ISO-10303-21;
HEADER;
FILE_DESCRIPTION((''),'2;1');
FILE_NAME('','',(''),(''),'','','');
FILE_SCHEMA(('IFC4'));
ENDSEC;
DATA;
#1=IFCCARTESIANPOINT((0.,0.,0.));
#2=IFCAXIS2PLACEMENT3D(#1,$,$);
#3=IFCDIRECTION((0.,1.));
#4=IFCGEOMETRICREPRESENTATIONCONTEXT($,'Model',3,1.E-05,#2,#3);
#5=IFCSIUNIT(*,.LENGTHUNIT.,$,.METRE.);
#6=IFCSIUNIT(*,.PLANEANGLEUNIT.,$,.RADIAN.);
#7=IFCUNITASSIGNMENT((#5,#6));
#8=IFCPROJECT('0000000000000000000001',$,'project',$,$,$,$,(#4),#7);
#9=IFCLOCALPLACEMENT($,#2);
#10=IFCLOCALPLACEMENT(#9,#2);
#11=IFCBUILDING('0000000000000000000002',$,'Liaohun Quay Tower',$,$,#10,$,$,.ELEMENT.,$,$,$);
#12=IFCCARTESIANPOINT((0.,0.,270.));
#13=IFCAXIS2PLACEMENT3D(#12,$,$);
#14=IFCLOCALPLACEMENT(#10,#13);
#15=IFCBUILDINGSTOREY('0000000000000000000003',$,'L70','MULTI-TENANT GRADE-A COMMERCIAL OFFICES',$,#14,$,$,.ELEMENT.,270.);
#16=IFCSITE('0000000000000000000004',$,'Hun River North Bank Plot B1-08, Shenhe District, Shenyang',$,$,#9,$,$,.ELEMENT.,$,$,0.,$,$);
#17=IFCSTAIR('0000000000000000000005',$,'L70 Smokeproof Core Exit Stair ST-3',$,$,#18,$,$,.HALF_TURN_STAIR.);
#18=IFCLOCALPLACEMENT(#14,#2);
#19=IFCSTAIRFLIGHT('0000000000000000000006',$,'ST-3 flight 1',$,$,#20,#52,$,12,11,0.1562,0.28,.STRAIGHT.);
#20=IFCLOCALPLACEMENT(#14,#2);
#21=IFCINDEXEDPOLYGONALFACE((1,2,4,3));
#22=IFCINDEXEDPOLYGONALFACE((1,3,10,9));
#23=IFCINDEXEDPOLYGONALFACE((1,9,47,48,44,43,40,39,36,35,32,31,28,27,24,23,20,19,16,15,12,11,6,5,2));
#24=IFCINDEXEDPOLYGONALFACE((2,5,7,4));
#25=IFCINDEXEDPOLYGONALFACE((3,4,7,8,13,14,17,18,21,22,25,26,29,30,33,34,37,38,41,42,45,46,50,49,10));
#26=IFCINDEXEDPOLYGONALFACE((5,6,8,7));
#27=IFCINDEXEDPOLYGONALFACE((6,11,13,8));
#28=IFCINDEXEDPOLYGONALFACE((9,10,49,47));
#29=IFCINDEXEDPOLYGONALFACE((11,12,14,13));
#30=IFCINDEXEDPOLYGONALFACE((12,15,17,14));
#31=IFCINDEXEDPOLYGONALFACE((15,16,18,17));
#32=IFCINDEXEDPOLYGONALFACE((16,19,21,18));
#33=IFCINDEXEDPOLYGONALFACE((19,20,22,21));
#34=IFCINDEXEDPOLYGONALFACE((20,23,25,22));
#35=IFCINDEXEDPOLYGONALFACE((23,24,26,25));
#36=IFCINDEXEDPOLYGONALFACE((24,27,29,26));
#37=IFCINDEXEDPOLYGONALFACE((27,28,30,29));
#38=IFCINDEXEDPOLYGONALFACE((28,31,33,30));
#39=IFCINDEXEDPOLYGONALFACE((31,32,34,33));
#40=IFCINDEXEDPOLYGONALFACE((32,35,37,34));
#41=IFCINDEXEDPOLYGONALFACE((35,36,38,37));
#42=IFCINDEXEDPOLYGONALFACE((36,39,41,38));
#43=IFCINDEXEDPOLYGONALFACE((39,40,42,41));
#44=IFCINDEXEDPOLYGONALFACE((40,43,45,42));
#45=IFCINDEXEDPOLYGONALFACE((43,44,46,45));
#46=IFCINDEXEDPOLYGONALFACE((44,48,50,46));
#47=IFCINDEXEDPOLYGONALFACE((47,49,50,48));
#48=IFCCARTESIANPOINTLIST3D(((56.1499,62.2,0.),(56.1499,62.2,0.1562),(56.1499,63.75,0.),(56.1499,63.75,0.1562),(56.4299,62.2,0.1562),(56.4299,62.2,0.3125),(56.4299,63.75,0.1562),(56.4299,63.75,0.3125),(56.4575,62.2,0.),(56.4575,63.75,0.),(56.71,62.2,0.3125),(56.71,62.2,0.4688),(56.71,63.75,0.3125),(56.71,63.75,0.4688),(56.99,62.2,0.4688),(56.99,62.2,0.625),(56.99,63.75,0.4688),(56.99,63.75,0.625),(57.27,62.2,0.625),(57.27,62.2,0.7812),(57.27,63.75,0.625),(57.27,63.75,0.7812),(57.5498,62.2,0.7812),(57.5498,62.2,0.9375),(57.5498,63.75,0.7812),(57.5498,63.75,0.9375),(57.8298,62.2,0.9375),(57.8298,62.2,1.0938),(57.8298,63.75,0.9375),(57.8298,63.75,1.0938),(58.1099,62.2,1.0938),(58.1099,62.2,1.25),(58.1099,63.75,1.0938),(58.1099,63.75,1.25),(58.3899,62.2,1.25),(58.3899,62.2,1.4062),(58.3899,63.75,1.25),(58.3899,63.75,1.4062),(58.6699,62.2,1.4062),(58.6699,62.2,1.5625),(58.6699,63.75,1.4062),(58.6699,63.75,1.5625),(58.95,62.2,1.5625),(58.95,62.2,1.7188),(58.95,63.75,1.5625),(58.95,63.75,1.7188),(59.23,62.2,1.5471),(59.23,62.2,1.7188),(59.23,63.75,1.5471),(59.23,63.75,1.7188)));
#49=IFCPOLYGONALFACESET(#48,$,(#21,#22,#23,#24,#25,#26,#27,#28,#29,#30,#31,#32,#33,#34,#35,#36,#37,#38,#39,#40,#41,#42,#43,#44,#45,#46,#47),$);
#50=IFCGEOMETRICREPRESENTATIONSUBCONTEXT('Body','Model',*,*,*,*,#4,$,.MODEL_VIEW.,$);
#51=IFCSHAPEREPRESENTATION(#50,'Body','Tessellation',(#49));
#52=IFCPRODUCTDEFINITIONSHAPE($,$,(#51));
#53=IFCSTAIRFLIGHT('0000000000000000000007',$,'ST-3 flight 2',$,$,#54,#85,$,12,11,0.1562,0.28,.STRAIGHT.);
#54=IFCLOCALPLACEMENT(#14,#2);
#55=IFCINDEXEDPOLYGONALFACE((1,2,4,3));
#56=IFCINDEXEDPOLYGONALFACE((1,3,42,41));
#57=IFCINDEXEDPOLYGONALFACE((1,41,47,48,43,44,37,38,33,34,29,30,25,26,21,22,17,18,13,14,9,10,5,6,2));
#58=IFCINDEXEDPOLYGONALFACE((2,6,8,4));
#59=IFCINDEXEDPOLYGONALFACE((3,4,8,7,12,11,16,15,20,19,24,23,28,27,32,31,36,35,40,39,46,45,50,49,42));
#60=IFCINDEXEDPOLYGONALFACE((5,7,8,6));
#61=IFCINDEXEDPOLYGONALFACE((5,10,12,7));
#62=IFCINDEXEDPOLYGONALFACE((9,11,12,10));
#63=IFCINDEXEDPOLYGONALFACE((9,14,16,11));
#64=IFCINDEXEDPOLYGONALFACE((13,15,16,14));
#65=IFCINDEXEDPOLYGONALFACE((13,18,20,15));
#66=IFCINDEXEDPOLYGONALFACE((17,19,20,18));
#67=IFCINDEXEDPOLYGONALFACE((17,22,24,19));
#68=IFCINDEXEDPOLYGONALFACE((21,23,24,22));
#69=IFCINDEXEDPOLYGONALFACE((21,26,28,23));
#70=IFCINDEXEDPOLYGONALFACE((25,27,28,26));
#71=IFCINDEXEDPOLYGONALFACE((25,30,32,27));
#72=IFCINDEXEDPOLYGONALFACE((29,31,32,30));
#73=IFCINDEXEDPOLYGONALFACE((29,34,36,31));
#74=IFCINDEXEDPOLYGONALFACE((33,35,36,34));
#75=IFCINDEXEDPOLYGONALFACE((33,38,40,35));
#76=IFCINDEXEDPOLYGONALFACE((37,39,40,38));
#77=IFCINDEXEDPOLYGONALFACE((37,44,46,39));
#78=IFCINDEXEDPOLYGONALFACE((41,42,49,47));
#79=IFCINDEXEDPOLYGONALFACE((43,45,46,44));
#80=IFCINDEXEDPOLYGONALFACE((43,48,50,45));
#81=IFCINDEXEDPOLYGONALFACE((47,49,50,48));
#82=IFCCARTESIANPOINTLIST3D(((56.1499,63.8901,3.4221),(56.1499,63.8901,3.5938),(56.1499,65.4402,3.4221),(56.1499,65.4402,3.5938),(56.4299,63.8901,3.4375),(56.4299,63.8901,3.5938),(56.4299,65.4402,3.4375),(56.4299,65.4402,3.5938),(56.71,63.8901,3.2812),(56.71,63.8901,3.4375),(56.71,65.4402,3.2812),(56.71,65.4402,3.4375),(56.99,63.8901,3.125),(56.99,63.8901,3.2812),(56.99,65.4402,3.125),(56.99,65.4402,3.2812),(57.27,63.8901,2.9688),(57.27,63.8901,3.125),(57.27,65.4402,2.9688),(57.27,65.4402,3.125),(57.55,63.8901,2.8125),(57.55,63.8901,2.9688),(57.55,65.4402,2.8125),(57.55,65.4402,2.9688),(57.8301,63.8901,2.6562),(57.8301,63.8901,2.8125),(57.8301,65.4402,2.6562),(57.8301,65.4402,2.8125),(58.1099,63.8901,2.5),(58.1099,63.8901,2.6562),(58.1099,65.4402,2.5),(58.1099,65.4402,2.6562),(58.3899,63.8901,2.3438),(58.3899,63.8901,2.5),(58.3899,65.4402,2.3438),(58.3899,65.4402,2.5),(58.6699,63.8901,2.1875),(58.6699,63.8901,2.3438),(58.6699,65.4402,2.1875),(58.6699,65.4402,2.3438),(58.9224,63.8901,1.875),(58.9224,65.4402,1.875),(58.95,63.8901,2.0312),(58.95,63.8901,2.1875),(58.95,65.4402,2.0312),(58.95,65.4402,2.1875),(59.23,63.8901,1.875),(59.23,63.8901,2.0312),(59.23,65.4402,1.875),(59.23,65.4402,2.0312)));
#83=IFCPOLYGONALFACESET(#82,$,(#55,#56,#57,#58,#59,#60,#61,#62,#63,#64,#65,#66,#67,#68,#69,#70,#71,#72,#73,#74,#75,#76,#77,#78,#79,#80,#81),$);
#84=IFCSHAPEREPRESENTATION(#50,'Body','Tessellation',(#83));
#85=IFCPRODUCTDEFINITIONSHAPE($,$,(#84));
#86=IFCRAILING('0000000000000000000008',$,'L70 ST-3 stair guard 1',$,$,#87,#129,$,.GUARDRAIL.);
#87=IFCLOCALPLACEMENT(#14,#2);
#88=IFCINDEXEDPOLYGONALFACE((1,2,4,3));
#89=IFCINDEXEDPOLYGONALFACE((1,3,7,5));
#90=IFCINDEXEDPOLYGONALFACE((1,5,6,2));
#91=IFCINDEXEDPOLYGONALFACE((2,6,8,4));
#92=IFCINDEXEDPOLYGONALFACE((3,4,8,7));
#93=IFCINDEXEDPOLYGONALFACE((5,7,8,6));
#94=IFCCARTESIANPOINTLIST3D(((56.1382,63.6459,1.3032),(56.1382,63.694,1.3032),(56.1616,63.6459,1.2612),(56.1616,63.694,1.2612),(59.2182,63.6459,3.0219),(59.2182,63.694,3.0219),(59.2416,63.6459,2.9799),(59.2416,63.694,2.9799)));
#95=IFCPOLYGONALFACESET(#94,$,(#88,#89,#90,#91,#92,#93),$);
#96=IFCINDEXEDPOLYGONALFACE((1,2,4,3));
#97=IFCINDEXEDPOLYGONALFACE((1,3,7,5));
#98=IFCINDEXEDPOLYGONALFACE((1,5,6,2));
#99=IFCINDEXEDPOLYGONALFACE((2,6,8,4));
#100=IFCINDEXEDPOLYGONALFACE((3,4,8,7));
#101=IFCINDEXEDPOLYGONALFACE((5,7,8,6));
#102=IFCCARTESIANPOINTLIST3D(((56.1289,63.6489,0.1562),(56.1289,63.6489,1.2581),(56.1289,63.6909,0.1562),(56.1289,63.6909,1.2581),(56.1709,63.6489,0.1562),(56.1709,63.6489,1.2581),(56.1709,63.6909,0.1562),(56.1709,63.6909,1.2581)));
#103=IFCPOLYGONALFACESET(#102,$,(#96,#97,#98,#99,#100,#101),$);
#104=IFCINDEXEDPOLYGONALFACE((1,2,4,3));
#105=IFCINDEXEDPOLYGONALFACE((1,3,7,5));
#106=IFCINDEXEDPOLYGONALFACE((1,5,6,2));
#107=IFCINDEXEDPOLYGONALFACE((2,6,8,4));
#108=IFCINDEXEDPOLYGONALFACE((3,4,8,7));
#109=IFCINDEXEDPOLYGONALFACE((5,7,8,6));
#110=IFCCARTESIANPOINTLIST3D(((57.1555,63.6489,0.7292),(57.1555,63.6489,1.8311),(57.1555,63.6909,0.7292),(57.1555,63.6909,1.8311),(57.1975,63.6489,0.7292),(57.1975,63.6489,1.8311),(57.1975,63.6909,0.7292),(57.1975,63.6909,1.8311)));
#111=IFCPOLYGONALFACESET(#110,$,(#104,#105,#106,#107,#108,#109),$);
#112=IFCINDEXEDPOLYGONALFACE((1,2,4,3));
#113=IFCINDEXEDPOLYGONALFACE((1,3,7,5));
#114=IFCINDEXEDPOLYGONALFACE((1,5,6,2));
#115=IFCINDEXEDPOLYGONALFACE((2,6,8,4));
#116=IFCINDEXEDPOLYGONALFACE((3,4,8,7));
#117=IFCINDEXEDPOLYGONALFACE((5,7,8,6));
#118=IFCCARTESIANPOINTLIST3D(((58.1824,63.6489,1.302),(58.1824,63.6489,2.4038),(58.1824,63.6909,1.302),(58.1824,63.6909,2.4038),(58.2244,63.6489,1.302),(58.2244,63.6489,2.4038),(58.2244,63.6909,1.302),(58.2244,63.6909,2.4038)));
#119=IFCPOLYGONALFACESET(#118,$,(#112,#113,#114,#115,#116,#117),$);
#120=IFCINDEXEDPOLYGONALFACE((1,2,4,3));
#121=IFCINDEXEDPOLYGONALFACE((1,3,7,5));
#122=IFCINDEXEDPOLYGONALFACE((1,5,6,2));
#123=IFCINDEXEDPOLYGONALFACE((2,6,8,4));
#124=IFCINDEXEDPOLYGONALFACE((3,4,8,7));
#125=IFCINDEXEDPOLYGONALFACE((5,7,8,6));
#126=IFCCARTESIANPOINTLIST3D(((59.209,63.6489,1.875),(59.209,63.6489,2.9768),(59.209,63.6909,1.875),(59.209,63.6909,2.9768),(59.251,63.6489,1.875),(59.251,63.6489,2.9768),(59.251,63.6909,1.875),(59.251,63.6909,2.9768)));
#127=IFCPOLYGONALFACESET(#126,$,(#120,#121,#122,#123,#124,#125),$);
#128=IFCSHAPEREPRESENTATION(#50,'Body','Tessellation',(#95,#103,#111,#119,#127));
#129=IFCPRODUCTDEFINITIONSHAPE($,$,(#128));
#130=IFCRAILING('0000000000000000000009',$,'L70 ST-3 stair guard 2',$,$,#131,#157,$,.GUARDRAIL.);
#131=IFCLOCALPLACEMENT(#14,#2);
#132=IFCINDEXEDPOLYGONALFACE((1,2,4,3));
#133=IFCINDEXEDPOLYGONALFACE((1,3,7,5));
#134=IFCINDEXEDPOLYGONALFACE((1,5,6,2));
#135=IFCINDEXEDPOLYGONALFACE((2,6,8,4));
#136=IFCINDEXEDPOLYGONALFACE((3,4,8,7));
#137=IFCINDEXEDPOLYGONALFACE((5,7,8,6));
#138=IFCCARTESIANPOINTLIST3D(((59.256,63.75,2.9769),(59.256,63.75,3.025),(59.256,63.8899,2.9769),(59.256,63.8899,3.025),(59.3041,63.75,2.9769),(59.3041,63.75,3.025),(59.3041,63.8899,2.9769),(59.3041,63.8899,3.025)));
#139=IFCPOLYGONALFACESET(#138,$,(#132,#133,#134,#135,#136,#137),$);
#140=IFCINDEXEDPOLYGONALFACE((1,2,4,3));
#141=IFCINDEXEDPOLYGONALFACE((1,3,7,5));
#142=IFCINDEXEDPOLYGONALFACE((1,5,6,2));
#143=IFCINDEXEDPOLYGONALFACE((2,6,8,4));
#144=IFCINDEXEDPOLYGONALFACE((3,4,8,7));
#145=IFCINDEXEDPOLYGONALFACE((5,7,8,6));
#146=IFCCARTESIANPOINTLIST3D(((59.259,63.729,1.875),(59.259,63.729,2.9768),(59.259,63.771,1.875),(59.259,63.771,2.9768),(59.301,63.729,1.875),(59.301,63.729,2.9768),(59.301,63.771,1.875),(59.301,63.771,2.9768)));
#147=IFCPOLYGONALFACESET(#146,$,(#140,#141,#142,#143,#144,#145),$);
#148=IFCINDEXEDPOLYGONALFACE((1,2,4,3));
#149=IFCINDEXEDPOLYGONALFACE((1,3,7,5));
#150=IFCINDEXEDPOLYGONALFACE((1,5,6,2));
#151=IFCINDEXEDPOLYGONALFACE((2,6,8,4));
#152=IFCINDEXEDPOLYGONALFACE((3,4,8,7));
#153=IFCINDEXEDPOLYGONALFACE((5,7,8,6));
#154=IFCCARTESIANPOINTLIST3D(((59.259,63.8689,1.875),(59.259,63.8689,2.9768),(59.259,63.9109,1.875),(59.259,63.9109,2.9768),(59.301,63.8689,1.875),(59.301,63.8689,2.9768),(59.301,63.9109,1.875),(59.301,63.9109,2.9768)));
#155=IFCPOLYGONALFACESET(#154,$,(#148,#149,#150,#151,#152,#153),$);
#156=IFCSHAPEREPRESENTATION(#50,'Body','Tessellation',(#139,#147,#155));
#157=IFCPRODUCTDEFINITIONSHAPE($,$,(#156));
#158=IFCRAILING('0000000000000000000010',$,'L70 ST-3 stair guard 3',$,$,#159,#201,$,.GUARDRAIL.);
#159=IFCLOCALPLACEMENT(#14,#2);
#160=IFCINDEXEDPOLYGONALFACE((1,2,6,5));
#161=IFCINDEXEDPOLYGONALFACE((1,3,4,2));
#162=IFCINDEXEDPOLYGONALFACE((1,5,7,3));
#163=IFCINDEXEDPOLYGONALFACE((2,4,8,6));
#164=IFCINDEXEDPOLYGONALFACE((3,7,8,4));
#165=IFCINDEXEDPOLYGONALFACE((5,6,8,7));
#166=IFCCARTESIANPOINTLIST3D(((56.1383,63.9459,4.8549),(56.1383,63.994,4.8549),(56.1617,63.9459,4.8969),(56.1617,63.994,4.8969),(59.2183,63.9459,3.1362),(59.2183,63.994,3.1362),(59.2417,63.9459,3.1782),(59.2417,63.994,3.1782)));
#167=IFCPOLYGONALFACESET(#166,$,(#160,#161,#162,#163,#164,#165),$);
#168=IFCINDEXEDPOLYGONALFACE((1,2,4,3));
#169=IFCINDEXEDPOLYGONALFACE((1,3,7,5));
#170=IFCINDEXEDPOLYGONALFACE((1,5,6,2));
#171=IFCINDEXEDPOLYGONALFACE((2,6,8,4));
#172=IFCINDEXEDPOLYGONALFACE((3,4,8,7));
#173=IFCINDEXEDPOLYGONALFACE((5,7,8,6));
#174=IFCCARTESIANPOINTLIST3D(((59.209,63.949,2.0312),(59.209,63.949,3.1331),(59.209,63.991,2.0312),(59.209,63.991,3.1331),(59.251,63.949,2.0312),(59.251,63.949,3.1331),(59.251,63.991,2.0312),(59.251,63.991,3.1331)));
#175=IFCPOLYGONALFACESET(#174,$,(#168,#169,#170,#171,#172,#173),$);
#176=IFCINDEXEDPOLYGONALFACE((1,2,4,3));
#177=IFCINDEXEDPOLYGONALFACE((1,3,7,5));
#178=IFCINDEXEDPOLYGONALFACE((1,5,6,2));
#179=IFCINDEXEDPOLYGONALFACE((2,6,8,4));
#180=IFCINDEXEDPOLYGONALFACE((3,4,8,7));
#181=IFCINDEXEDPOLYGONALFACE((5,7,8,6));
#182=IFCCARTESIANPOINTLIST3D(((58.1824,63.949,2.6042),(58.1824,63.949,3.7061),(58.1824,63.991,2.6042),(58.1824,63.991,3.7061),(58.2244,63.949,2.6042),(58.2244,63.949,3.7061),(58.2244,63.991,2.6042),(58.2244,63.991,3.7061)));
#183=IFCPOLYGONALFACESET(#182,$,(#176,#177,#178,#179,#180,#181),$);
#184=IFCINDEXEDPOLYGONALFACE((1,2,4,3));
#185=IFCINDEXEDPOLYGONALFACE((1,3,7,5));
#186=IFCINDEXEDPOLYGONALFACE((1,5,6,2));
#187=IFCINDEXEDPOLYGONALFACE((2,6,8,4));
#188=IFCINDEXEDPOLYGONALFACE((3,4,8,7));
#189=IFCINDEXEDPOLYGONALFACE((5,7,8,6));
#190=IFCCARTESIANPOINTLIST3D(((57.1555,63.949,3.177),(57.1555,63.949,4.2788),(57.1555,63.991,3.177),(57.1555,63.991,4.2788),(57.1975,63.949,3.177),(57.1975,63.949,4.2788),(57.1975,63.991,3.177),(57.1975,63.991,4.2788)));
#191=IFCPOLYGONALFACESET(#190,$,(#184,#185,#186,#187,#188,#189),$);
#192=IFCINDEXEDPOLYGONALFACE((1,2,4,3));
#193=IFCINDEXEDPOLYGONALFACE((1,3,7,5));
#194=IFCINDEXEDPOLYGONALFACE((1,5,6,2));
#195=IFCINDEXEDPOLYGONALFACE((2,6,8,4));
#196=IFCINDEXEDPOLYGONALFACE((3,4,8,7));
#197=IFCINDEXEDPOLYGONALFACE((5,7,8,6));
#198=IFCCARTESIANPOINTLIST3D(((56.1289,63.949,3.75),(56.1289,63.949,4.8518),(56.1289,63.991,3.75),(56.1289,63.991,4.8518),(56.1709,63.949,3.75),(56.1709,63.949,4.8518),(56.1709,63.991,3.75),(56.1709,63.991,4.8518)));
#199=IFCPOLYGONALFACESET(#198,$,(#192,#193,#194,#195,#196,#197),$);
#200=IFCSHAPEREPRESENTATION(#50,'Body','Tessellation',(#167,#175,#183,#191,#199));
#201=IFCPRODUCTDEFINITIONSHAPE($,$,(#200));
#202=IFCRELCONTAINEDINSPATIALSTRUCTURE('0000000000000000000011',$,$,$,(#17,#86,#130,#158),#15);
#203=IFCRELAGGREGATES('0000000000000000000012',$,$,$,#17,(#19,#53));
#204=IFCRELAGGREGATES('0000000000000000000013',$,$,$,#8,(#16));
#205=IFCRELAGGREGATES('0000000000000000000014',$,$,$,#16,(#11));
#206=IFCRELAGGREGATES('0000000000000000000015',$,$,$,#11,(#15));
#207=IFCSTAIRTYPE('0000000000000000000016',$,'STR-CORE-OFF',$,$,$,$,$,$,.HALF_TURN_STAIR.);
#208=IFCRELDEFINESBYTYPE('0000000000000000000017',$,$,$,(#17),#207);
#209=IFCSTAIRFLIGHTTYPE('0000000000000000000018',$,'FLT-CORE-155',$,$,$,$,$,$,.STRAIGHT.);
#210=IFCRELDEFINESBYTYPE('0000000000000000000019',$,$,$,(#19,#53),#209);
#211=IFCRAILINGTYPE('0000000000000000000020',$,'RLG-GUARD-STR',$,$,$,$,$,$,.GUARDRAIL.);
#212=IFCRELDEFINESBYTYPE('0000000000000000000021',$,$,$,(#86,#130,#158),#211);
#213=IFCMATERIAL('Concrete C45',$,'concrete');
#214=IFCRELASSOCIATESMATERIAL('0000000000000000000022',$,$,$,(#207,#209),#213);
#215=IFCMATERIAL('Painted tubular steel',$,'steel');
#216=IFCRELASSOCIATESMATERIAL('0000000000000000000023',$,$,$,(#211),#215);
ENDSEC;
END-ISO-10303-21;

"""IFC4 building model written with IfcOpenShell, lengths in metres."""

from ifc_helpers import new_model, si_unit, direction, frame, origin, origin_2d, place, context, subcontext, project, spatial, polyline, rectangle, outline, extrude, material, type_object, element, aggregate, save


model = new_model("IFC4")

# Units and contexts
model_context = context("Model", 3, precision=1e-05, world=origin(), true_north=direction((0.0, 1.0)))
body_context = subcontext(model_context, "Body", "Model", "MODEL_VIEW")
ifc_project = project(units=[si_unit("LENGTHUNIT", "METRE"), si_unit("PLANEANGLEUNIT", "RADIAN")], contexts=[model_context])

# Site, building, storey
site_placement = place(None, origin())
site = spatial("IfcSite", under=ifc_project, at=site_placement, Name="Hun River North Bank Plot B1-08, Shenhe District, Shenyang", CompositionType="ELEMENT", RefElevation=0.0)
building_placement = place(site_placement, origin())
building = spatial("IfcBuilding", under=site, at=building_placement, Name="Liaohun Quay Tower", CompositionType="ELEMENT")
storey_placement = place(building_placement, frame((0.0, 0.0, 270.0)))
storey = spatial("IfcBuildingStorey", under=building, at=storey_placement, Name="L70", Description="MULTI-TENANT GRADE-A COMMERCIAL OFFICES", CompositionType="ELEMENT", Elevation=270.0)

# Stair, stair flights
ifc_material_1 = material(Name="Concrete C45", Category="concrete")
stair_type = type_object("IfcStairType", Name="STR-CORE-OFF", PredefinedType="HALF_TURN_STAIR", material=ifc_material_1)
stair_placement = place(storey_placement, origin())
stair = element("IfcStair", 1, at=stair_placement, inside=storey, type_object=stair_type, Name="L70 Smokeproof Core Exit Stair ST-3", PredefinedType="HALF_TURN_STAIR")
stair_flight_type = type_object("IfcStairFlightType", Name="FLT-CORE-155", PredefinedType="STRAIGHT", material=ifc_material_1)
stair_flight_1_placement = place(storey_placement, frame((56.1499, 62.9751, 0.0), z_axis=(0.0, 0.0, 1.0), x_axis=(1.0, 0.0, 0.0)))
stair_flight_1 = element("IfcStairFlight", 2, at=stair_flight_1_placement, type_object=stair_flight_type, Name="ST-3 flight 1", NumberOfRisers=12, NumberOfTreads=11, PredefinedType="STRAIGHT", RiserHeight=0.1562, TreadLength=0.28, context=body_context, shape_type="SweptSolid", body=[
    extrude(outline(polyline([(0.0, 0.0), (0.0, 0.1562), (0.28, 0.1562), (0.28, 0.3125), (0.5601, 0.3125), (0.5601, 0.4688), (0.8401, 0.4688), (0.8401, 0.625), (1.1201, 0.625), (1.1201, 0.7812), (1.3999, 0.7812), (1.3999, 0.9375), (1.6799, 0.9375), (1.6799, 1.0938), (1.96, 1.0938), (1.96, 1.25), (2.24, 1.25), (2.24, 1.4062), (2.52, 1.4062), (2.52, 1.5625), (2.8, 1.5625), (2.8, 1.7188), (3.0801, 1.7188), (3.0801, 1.875), (3.0801, 1.5471), (0.3076, 0.0), (0.0, 0.0)])), frame((0.0, 0.7749, 0.0), z_axis=(0.0, -1.0, 0.0), x_axis=(1.0, 0.0, 0.0)), (0.0, 0.0, 1.0), 1.55),
])
stair_flight_2_placement = place(storey_placement, frame((59.23, 64.665, 1.875), z_axis=(0.0, 0.0, 1.0), x_axis=(-1.0, 0.0, 0.0)))
stair_flight_2 = element("IfcStairFlight", 3, at=stair_flight_2_placement, type_object=stair_flight_type, Name="ST-3 flight 2", NumberOfRisers=12, NumberOfTreads=11, PredefinedType="STRAIGHT", RiserHeight=0.1562, TreadLength=0.28, context=body_context, shape_type="SweptSolid", body=[
    extrude(outline(polyline([(0.0, 0.0), (0.0, 0.1562), (0.28, 0.1562), (0.28, 0.3125), (0.5601, 0.3125), (0.5601, 0.4688), (0.8401, 0.4688), (0.8401, 0.625), (1.1201, 0.625), (1.1201, 0.7812), (1.3999, 0.7812), (1.3999, 0.9375), (1.6799, 0.9375), (1.6799, 1.0938), (1.96, 1.0938), (1.96, 1.25), (2.24, 1.25), (2.24, 1.4062), (2.52, 1.4062), (2.52, 1.5625), (2.8, 1.5625), (2.8, 1.7188), (3.0801, 1.7188), (3.0801, 1.875), (3.0801, 1.5471), (0.3076, 0.0), (0.0, 0.0)])), frame((0.0, 0.7749, 0.0), z_axis=(0.0, -1.0, 0.0), x_axis=(1.0, 0.0, 0.0)), (0.0, 0.0, 1.0), 1.55),
])
aggregate(stair, [stair_flight_1, stair_flight_2])

# Railings
ifc_material_2 = material(Name="Painted tubular steel", Category="steel")
railing_type_1 = type_object("IfcRailingType", Name="RLG-GUARD-STR", PredefinedType="GUARDRAIL", material=ifc_material_2)
railing_1_placement = place(storey_placement, frame((56.1499, 63.6699, 0.1562)))
element("IfcRailing", 4, at=railing_1_placement, inside=storey, type_object=railing_type_1, Name="L70 ST-3 stair guard 1", PredefinedType="GUARDRAIL", context=body_context, shape_type="SweptSolid", body=[
    extrude(rectangle(XDim=0.0481, YDim=0.0481, at=origin_2d()), frame((0.0, 0.0, 1.126), z_axis=(0.873242, 0.0, 0.487288), x_axis=(0.0, 1.0, 0.0)), (0.0, 0.0, 1.0), 3.5271),
    extrude(rectangle(XDim=0.042, YDim=0.042, at=origin_2d()), origin(), (0.0, 0.0, 1.0), 1.1018),
    extrude(rectangle(XDim=0.042, YDim=0.042, at=origin_2d()), frame((1.0266, 0.0, 0.573)), (0.0, 0.0, 1.0), 1.1018),
    extrude(rectangle(XDim=0.042, YDim=0.042, at=origin_2d()), frame((2.0535, 0.0, 1.1458)), (0.0, 0.0, 1.0), 1.1018),
    extrude(rectangle(XDim=0.042, YDim=0.042, at=origin_2d()), frame((3.0801, 0.0, 1.7188)), (0.0, 0.0, 1.0), 1.1018),
])
railing_2_placement = place(storey_placement, frame((59.28, 63.75, 1.875)))
element("IfcRailing", 5, at=railing_2_placement, inside=storey, type_object=railing_type_1, Name="L70 ST-3 stair guard 2", PredefinedType="GUARDRAIL", context=body_context, shape_type="SweptSolid", body=[
    extrude(rectangle(XDim=0.0481, YDim=0.0481, at=origin_2d()), frame((0.0, 0.0, 1.126), z_axis=(0.0, 1.0, 0.0), x_axis=(-1.0, 0.0, 0.0)), (0.0, 0.0, 1.0), 0.1399),
    extrude(rectangle(XDim=0.042, YDim=0.042, at=origin_2d()), origin(), (0.0, 0.0, 1.0), 1.1018),
    extrude(rectangle(XDim=0.042, YDim=0.042, at=origin_2d()), frame((0.0, 0.1399, 0.0)), (0.0, 0.0, 1.0), 1.1018),
])
railing_3_placement = place(storey_placement, frame((59.23, 63.97, 2.0312)))
element("IfcRailing", 6, at=railing_3_placement, inside=storey, type_object=railing_type_1, Name="L70 ST-3 stair guard 3", PredefinedType="GUARDRAIL", context=body_context, shape_type="SweptSolid", body=[
    extrude(rectangle(XDim=0.0481, YDim=0.0481, at=origin_2d()), frame((0.0, 0.0, 1.126), z_axis=(-0.873242, 0.0, 0.487288), x_axis=(0.0, -1.0, 0.0)), (0.0, 0.0, 1.0), 3.5271),
    extrude(rectangle(XDim=0.042, YDim=0.042, at=origin_2d()), origin(), (0.0, 0.0, 1.0), 1.1018),
    extrude(rectangle(XDim=0.042, YDim=0.042, at=origin_2d()), frame((-1.0266, 0.0, 0.573)), (0.0, 0.0, 1.0), 1.1018),
    extrude(rectangle(XDim=0.042, YDim=0.042, at=origin_2d()), frame((-2.0535, 0.0, 1.1458)), (0.0, 0.0, 1.0), 1.1018),
    extrude(rectangle(XDim=0.042, YDim=0.042, at=origin_2d()), frame((-3.0801, 0.0, 1.7188)), (0.0, 0.0, 1.0), 1.1018),
])

save(model, "model.ifc")
